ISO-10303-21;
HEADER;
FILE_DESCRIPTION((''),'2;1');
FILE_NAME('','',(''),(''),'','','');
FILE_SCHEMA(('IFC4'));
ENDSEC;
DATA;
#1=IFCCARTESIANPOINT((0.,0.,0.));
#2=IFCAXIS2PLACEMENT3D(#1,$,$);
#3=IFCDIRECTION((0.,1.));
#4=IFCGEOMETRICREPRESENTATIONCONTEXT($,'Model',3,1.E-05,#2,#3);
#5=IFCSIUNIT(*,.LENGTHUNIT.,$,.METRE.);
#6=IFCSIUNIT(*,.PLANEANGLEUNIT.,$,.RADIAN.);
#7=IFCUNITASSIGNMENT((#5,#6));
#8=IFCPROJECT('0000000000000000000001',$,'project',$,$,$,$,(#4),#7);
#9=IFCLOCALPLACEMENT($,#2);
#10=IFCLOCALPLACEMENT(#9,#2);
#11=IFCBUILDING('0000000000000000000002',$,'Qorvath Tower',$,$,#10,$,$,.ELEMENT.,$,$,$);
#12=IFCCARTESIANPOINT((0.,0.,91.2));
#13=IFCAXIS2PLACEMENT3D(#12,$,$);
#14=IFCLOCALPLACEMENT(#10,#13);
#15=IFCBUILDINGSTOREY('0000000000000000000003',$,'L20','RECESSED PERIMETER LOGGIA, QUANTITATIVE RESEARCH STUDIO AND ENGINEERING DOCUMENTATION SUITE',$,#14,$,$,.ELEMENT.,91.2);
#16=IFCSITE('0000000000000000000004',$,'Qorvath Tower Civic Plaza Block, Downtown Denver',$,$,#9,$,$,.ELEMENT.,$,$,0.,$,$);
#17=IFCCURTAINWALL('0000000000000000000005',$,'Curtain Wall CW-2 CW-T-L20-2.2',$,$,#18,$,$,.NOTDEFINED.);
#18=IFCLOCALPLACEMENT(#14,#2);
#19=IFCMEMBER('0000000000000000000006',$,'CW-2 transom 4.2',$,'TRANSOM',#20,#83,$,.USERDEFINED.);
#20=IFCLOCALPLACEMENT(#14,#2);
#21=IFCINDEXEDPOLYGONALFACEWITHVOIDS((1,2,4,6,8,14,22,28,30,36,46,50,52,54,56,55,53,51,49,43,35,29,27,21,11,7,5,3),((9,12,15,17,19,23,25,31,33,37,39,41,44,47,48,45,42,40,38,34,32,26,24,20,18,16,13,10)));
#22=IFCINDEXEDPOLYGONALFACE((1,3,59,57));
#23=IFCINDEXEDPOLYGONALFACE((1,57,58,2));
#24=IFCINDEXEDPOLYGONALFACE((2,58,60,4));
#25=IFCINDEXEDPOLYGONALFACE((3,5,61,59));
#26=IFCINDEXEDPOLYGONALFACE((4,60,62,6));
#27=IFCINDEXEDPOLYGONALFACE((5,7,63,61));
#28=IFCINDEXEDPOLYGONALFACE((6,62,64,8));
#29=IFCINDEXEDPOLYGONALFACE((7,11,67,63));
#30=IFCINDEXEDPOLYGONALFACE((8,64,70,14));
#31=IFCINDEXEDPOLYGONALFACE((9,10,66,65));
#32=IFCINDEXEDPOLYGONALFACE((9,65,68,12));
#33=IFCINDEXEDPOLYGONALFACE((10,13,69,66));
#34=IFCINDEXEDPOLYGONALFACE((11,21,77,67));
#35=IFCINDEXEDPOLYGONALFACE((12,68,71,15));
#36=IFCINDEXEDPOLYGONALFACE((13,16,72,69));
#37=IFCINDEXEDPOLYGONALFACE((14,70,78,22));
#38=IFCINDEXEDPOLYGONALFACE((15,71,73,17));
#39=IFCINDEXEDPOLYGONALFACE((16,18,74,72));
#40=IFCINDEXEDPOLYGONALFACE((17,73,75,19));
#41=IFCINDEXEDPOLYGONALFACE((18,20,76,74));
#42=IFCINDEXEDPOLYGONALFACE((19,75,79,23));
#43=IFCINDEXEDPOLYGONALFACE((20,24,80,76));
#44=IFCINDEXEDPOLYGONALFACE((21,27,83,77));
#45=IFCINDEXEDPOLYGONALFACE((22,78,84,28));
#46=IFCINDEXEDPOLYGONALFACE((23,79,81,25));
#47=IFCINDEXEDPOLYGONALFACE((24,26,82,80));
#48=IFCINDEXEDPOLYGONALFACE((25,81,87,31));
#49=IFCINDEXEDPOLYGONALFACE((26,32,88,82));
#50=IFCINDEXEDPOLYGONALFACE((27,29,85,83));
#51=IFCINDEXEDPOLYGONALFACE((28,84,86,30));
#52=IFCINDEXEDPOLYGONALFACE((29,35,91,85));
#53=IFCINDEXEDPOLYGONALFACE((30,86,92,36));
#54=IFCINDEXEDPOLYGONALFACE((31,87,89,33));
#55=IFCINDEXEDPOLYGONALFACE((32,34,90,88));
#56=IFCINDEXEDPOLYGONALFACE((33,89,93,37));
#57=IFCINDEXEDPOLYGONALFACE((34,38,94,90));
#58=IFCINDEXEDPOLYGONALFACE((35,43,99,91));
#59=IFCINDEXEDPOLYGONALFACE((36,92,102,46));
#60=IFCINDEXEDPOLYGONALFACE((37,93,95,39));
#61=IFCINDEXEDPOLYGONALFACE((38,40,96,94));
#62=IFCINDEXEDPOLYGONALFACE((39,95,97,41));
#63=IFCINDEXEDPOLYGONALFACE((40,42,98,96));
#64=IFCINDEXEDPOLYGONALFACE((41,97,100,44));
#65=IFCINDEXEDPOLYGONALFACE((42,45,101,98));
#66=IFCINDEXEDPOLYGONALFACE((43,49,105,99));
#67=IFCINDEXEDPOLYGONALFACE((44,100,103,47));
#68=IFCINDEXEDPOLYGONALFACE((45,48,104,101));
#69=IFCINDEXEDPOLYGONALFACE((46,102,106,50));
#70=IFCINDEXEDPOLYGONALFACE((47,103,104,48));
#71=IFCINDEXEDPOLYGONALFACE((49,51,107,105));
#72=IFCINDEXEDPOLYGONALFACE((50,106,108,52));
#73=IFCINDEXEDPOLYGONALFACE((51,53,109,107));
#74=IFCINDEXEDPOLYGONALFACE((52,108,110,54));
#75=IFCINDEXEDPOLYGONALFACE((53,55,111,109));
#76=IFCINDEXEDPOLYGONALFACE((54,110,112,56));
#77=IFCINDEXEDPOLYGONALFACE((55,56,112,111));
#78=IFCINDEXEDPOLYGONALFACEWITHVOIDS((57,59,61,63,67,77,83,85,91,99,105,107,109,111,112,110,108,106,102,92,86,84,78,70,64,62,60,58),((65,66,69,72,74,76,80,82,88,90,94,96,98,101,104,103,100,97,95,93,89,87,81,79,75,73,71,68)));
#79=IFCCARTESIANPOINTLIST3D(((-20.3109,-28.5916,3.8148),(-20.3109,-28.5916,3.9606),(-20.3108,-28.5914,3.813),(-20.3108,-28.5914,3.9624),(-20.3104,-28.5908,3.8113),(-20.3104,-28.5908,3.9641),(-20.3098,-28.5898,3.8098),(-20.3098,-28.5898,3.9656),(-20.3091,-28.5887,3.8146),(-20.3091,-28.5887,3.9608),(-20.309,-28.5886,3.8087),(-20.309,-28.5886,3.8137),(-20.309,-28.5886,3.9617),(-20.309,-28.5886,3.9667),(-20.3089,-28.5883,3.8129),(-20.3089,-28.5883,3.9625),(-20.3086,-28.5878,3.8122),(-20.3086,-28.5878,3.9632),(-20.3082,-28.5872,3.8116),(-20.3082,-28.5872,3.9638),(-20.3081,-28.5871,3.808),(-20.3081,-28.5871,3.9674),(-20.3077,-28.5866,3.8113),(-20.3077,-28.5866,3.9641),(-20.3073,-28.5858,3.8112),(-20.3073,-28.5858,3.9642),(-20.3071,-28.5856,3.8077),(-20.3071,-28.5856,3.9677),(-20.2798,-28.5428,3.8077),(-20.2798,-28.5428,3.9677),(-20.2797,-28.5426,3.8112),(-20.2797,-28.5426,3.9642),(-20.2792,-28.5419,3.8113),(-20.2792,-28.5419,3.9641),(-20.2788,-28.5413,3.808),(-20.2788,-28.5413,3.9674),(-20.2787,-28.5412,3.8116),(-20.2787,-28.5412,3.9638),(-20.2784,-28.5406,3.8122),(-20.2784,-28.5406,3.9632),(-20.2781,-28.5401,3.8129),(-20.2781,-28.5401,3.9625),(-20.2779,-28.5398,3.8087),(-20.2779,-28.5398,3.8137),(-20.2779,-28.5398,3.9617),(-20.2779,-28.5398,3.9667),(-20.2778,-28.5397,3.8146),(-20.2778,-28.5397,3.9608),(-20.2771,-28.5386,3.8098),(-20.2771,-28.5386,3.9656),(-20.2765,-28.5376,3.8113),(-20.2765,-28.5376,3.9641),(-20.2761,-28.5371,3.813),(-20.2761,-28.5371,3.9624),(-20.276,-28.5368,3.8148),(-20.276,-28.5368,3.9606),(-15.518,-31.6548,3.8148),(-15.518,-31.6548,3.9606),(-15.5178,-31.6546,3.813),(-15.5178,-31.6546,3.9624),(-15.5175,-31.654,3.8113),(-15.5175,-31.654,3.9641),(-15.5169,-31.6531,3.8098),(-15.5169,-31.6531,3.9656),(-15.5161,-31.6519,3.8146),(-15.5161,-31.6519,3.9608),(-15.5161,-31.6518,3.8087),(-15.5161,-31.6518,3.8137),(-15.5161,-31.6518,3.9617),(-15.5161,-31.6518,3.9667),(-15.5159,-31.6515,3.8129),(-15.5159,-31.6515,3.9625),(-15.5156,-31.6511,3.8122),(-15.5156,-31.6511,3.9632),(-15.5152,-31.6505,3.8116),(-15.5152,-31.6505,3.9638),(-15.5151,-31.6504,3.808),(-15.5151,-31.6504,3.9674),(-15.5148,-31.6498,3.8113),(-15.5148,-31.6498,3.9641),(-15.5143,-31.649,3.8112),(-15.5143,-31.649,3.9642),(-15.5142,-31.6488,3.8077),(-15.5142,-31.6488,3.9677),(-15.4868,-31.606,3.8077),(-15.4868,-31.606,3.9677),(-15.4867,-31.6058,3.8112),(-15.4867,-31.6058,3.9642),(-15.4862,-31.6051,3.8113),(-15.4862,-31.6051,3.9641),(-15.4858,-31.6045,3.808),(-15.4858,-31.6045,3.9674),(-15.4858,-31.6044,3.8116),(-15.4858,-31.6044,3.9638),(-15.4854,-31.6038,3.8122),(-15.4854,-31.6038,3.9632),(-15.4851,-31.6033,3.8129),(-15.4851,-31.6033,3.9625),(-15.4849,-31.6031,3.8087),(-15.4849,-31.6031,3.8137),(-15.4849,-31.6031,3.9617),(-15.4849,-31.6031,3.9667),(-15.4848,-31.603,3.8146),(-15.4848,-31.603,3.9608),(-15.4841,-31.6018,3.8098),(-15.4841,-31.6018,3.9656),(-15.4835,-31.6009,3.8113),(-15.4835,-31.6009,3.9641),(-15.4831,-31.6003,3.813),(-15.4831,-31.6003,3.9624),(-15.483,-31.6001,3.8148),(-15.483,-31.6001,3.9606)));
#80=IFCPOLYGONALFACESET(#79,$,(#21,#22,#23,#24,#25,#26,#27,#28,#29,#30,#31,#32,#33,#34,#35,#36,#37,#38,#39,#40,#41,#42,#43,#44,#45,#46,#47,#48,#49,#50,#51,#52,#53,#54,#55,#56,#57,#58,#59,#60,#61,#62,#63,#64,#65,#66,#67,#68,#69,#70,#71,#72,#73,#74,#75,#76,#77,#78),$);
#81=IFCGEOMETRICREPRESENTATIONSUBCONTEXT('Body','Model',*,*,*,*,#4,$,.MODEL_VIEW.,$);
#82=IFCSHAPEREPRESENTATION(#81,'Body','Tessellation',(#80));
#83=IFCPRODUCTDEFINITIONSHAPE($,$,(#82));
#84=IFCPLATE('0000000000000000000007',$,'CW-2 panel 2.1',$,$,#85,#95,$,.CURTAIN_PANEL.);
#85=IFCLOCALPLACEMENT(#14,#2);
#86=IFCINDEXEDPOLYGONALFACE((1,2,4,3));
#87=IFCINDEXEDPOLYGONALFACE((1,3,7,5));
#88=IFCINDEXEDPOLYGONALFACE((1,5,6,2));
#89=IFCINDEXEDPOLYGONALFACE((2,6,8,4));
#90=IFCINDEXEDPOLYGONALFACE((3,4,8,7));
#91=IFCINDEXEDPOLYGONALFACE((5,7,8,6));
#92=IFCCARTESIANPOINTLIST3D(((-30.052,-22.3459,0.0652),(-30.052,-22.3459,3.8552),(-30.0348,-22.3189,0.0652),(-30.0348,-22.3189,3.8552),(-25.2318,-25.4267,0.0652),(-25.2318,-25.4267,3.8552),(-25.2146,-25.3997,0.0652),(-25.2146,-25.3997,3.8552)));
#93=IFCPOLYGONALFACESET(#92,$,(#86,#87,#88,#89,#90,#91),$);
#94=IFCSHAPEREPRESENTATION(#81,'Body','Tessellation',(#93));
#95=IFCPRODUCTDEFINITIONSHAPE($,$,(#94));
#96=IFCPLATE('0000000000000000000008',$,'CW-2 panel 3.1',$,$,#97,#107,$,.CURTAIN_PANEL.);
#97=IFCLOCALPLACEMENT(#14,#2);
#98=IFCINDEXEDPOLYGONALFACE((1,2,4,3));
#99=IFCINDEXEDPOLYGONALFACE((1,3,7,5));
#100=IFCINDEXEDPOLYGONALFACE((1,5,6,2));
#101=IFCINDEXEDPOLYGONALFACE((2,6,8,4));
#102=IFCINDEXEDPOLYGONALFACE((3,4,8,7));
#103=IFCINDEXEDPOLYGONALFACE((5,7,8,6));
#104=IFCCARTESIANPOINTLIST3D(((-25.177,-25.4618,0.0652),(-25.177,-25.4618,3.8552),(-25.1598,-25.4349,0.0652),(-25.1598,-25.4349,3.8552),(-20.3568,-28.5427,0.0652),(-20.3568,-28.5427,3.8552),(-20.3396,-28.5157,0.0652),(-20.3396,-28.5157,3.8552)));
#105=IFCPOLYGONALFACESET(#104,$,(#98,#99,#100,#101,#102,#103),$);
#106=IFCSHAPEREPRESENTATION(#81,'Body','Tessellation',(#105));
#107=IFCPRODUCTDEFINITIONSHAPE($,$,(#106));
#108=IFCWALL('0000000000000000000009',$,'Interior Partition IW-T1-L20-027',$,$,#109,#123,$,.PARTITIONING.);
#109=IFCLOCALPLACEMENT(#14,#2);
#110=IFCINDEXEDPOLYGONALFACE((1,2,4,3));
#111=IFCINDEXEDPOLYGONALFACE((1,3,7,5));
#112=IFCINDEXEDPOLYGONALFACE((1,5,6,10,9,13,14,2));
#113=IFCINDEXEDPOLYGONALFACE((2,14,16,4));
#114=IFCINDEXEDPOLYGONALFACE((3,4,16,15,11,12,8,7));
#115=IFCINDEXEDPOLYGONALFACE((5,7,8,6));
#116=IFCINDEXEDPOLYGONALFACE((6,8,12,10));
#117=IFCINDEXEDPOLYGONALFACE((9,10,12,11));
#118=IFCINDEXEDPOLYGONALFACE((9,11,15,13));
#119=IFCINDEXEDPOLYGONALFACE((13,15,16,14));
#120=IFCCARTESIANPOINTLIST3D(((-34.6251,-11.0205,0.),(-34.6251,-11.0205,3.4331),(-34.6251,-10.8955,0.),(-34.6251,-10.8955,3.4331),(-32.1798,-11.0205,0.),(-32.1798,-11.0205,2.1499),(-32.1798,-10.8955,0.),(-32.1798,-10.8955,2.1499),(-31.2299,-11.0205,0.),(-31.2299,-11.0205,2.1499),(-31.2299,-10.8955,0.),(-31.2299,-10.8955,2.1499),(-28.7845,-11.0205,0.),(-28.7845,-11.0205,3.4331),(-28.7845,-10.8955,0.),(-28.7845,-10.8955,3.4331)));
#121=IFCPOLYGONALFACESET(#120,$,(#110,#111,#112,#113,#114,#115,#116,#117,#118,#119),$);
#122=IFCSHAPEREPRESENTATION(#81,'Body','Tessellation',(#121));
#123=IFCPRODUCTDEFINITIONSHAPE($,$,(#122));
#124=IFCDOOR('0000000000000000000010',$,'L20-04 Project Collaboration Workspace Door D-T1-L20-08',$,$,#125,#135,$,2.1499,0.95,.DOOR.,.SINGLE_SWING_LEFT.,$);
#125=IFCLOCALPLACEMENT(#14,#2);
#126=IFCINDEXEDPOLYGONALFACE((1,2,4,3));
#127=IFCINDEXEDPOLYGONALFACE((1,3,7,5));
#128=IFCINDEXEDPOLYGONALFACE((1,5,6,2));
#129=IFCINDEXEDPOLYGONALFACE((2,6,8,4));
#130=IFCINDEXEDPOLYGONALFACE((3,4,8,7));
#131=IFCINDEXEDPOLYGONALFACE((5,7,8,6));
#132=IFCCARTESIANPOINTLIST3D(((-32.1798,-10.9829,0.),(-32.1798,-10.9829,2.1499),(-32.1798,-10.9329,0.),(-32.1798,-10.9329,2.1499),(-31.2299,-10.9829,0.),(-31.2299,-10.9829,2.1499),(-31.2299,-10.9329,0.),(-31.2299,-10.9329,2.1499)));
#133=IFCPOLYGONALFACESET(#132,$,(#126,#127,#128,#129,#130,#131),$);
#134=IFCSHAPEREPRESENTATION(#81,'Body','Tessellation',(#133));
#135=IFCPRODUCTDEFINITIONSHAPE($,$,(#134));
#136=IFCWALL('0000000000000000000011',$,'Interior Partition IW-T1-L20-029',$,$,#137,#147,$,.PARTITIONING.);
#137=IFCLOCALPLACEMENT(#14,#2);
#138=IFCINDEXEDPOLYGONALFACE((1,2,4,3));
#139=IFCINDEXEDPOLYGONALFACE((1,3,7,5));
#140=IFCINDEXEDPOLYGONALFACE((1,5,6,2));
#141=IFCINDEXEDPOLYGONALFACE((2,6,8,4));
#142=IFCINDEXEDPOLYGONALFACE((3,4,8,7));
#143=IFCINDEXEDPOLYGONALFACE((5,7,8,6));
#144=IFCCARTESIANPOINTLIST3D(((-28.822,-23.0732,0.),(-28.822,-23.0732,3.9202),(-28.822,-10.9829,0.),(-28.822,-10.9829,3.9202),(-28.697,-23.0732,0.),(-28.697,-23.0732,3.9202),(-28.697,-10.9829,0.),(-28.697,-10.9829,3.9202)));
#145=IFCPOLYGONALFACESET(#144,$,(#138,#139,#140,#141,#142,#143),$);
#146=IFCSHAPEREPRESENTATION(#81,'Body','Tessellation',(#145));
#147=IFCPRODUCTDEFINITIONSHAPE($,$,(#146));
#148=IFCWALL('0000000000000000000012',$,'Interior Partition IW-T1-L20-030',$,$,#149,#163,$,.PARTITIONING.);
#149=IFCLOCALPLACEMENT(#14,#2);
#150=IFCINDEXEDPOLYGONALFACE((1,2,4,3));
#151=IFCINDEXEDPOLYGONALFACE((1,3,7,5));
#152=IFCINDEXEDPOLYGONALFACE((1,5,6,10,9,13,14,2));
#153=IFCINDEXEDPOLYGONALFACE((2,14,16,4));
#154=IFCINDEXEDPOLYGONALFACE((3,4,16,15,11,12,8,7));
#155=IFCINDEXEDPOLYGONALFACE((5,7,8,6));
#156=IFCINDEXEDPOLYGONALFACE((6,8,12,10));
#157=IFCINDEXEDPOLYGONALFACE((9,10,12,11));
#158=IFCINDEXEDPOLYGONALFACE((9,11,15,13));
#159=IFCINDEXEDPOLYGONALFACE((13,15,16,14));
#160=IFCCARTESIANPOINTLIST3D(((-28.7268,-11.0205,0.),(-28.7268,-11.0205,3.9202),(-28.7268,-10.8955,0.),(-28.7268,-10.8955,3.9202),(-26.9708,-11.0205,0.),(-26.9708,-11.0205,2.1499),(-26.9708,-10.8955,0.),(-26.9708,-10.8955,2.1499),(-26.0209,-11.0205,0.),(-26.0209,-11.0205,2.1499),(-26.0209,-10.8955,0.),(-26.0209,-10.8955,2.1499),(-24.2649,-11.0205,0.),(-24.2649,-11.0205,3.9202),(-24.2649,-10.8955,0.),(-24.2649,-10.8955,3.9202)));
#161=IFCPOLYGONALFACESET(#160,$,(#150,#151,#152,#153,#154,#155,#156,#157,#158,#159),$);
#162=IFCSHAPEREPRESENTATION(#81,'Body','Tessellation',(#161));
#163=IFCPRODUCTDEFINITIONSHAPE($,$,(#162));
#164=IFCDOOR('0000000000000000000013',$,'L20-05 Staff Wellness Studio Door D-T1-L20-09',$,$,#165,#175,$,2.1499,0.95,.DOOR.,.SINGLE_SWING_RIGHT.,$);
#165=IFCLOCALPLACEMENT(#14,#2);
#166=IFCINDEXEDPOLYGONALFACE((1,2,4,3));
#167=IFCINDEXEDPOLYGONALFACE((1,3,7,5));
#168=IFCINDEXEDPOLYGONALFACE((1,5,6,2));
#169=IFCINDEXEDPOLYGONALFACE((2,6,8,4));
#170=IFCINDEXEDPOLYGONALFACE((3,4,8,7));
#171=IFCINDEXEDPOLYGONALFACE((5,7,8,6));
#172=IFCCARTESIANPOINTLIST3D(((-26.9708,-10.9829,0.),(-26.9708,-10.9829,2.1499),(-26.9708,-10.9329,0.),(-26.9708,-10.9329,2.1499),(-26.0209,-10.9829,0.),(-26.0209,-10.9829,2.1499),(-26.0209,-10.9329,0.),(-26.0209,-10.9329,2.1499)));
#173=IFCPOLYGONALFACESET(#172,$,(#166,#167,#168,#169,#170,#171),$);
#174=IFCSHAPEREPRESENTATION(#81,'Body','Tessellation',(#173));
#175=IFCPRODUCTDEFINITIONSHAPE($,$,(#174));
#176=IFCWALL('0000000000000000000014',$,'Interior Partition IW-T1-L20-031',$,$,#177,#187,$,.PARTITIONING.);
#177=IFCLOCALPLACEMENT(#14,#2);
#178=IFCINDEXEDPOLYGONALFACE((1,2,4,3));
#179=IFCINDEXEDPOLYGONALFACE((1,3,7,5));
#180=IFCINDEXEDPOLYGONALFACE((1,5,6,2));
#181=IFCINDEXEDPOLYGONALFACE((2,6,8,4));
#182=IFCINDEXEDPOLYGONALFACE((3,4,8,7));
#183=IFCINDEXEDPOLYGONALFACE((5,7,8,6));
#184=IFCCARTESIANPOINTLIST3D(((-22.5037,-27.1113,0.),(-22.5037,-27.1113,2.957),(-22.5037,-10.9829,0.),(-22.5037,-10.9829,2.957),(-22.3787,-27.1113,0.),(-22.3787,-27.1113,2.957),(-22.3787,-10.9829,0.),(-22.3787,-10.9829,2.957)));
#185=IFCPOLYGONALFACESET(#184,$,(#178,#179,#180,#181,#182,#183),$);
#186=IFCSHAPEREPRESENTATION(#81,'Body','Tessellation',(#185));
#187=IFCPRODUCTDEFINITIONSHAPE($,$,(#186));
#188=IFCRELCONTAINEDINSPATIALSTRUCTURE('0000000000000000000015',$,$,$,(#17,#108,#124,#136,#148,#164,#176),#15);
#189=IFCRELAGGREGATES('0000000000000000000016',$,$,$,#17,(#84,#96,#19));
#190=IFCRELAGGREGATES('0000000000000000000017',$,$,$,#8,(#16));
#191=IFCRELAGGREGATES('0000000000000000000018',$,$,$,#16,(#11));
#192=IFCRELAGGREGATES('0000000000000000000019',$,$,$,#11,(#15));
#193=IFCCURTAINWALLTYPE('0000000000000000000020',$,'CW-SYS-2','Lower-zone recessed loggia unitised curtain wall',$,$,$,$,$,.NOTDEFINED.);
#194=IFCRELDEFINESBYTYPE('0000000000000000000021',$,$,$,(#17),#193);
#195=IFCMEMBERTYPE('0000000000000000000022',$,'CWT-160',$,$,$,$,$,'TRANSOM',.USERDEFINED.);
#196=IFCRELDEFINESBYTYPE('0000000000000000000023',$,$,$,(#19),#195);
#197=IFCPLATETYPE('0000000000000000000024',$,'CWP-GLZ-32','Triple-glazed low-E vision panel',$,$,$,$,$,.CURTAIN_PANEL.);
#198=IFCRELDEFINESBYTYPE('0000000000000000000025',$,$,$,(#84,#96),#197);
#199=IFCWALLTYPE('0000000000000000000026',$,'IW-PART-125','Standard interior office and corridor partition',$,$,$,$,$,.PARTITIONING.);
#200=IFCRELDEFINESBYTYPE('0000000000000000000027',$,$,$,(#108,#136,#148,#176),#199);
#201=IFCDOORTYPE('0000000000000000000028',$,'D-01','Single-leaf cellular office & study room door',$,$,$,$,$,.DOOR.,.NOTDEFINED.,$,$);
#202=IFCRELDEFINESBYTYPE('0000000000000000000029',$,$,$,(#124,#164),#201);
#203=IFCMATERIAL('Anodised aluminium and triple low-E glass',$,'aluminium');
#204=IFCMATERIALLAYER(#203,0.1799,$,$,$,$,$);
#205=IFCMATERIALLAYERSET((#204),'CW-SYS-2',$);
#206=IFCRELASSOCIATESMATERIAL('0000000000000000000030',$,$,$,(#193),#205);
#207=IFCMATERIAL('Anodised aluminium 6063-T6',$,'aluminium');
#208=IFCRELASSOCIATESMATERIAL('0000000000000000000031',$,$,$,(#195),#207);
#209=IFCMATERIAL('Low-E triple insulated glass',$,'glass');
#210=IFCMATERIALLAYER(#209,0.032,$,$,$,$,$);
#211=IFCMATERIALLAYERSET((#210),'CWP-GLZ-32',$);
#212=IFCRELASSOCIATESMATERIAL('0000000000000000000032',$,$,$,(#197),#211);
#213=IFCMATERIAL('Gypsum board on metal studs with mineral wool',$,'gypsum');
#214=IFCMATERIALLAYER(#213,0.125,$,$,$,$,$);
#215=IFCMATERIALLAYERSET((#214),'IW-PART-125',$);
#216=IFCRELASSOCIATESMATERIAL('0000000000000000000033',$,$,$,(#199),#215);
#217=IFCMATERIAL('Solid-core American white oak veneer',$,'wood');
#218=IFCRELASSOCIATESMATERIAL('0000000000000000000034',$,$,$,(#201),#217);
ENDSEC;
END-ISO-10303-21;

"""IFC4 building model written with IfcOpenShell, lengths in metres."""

from ifc_helpers import new_model, si_unit, direction, frame, frame_2d, origin, origin_2d, place, context, subcontext, project, spatial, rectangle, hollow_rectangle, extrude, material, layer, layer_set, material_profile, profile_set, type_object, element, fill, aggregate, save


model = new_model("IFC4")

# Units and contexts
model_context = context("Model", 3, precision=1e-05, world=origin(), true_north=direction((0.0, 1.0)))
body_context = subcontext(model_context, "Body", "Model", "MODEL_VIEW")
ifc_project = project(units=[si_unit("LENGTHUNIT", "METRE"), si_unit("PLANEANGLEUNIT", "RADIAN")], contexts=[model_context])

# Site, building, storey
site_placement = place(None, origin())
site = spatial("IfcSite", under=ifc_project, at=site_placement, Name="Qorvath Tower Civic Plaza Block, Downtown Denver", CompositionType="ELEMENT", RefElevation=0.0)
building_placement = place(site_placement, origin())
building = spatial("IfcBuilding", under=site, at=building_placement, Name="Qorvath Tower", CompositionType="ELEMENT")
storey_placement = place(building_placement, frame((0.0, 0.0, 91.2)))
storey = spatial("IfcBuildingStorey", under=building, at=storey_placement, Name="L20", Description="RECESSED PERIMETER LOGGIA, QUANTITATIVE RESEARCH STUDIO AND ENGINEERING DOCUMENTATION SUITE", CompositionType="ELEMENT", Elevation=91.2)

# Curtain wall, member, plates
ifc_material_1 = material(Name="Anodised aluminium and triple low-E glass", Category="aluminium")
ifc_layer_1 = layer(ifc_material_1, 0.1799)
ifc_layer_set_1 = layer_set([ifc_layer_1], Name="CW-SYS-2")
curtain_wall_type = type_object("IfcCurtainWallType", Name="CW-SYS-2", Description="Lower-zone recessed loggia unitised curtain wall", PredefinedType="NOTDEFINED", material=ifc_layer_set_1)
curtain_wall_placement = place(storey_placement, origin())
curtain_wall = element("IfcCurtainWall", 1, at=curtain_wall_placement, inside=storey, type_object=curtain_wall_type, Name="Curtain Wall CW-2 CW-T-L20-2.2", PredefinedType="NOTDEFINED")
ifc_material_2 = material(Name="Anodised aluminium 6063-T6", Category="aluminium")
ifc_material_profile_1 = material_profile(ifc_material_2, hollow_rectangle(XDim=0.0649, YDim=0.1599, WallThickness=0.0034, InnerFilletRadius=0.0034, OuterFilletRadius=0.0071, at=origin_2d()), Name="CWT 160x65")
ifc_profile_set_1 = profile_set([ifc_material_profile_1], Name="Anodised aluminium 6063-T6")
member_type_1 = type_object("IfcMemberType", Name="CWT-160", ElementType="TRANSOM", PredefinedType="USERDEFINED", material=ifc_profile_set_1)
member_1_placement = place(storey_placement, frame((-20.2935, -28.5642, 3.8877), z_axis=(0.842612, -0.538521, 0.0), x_axis=(0.538521, 0.842612, 0.0)))
member_1 = element("IfcMember", 2, at=member_1_placement, type_object=member_type_1, Name="CW-2 transom 4.2", ObjectType="TRANSOM", PredefinedType="USERDEFINED", context=body_context, shape_type="SweptSolid", body=[
    extrude(hollow_rectangle(XDim=0.0649, YDim=0.1599, WallThickness=0.0034, InnerFilletRadius=0.0034, OuterFilletRadius=0.0071, at=origin_2d()), origin(), (0.0, 0.0, 1.0), 5.6882),
])
ifc_material_3 = material(Name="Low-E triple insulated glass", Category="glass")
ifc_layer_2 = layer(ifc_material_3, 0.032)
ifc_layer_set_2 = layer_set([ifc_layer_2], Name="CWP-GLZ-32")
plate_type = type_object("IfcPlateType", Name="CWP-GLZ-32", Description="Triple-glazed low-E vision panel", PredefinedType="CURTAIN_PANEL", material=ifc_layer_set_2)
plate_1_placement = place(storey_placement, frame((-27.6333, -23.8728, 0.0652), z_axis=(0.0, 0.0, 1.0), x_axis=(0.842601, -0.538539, 0.0)))
plate_1 = element("IfcPlate", 3, at=plate_1_placement, type_object=plate_type, Name="CW-2 panel 2.1", PredefinedType="CURTAIN_PANEL", context=body_context, shape_type="SweptSolid", body=[
    extrude(rectangle(XDim=5.7207, YDim=0.032, at=origin_2d()), origin(), (0.0, 0.0, 1.0), 3.79),
])
plate_2_placement = place(storey_placement, frame((-22.7583, -26.9888, 0.0652), z_axis=(0.0, 0.0, 1.0), x_axis=(0.842601, -0.538539, 0.0)))
plate_2 = element("IfcPlate", 4, at=plate_2_placement, type_object=plate_type, Name="CW-2 panel 3.1", PredefinedType="CURTAIN_PANEL", context=body_context, shape_type="SweptSolid", body=[
    extrude(rectangle(XDim=5.7207, YDim=0.032, at=origin_2d()), origin(), (0.0, 0.0, 1.0), 3.79),
])
aggregate(curtain_wall, [plate_1, plate_2, member_1])

# Wall, opening, door
ifc_material_4 = material(Name="Gypsum board on metal studs with mineral wool", Category="gypsum")
ifc_layer_3 = layer(ifc_material_4, 0.125)
ifc_layer_set_3 = layer_set([ifc_layer_3], Name="IW-PART-125")
wall_type = type_object("IfcWallType", Name="IW-PART-125", Description="Standard interior office and corridor partition", PredefinedType="PARTITIONING", material=ifc_layer_set_3)
wall_1_placement = place(storey_placement, frame((-28.7844, -10.958, 0.0), z_axis=(0.0, 0.0, 1.0), x_axis=(-1.0, 0.0, 0.0)))
wall_1 = element("IfcWall", 5, at=wall_1_placement, inside=storey, type_object=wall_type, Name="Interior Partition IW-T1-L20-027", PredefinedType="PARTITIONING", context=body_context, shape_type="SweptSolid", body=[
    extrude(rectangle(XDim=5.8406, YDim=0.125, at=frame_2d((2.9204, 0.0))), origin(), (0.0, 0.0, 1.0), 3.4331),
])
opening_1_placement = place(wall_1_placement, frame((2.4453, 0.0, 0.0)))
opening_1 = element("IfcOpeningElement", 6, at=opening_1_placement, cuts=wall_1, PredefinedType="OPENING", context=body_context, shape_type="SweptSolid", body=[
    extrude(rectangle(XDim=0.95, YDim=2.1499, at=frame_2d((0.4751, 1.075))), frame((0.0, 0.0725, 0.0), z_axis=(0.0, -1.0, 0.0), x_axis=(1.0, 0.0, 0.0)), (0.0, 0.0, 1.0), 0.145),
])
ifc_material_5 = material(Name="Solid-core American white oak veneer", Category="wood")
door_type = type_object("IfcDoorType", Name="D-01", Description="Single-leaf cellular office & study room door", OperationType="NOTDEFINED", PredefinedType="DOOR", material=ifc_material_5)
door_1_placement = place(opening_1_placement, origin())
door_1 = element("IfcDoor", 7, at=door_1_placement, inside=storey, type_object=door_type, Name="L20-04 Project Collaboration Workspace Door D-T1-L20-08", OperationType="SINGLE_SWING_LEFT", OverallHeight=2.1499, OverallWidth=0.95, PredefinedType="DOOR", context=body_context, shape_type="SweptSolid", body=[
    extrude(rectangle(XDim=0.95, YDim=2.1499, at=frame_2d((0.4751, 1.075))), frame((0.0, 0.0249, 0.0), z_axis=(0.0, -1.0, 0.0), x_axis=(1.0, 0.0, 0.0)), (0.0, 0.0, 1.0), 0.05),
])
fill(opening_1, door_1)

# Wall
wall_2_placement = place(storey_placement, frame((-28.7595, -23.0732, 0.0), z_axis=(0.0, 0.0, 1.0), x_axis=(0.0, 1.0, 0.0)))
element("IfcWall", 8, at=wall_2_placement, inside=storey, type_object=wall_type, Name="Interior Partition IW-T1-L20-029", PredefinedType="PARTITIONING", context=body_context, shape_type="SweptSolid", body=[
    extrude(rectangle(XDim=12.0903, YDim=0.125, at=frame_2d((6.0452, 0.0))), origin(), (0.0, 0.0, 1.0), 3.9202),
])

# Wall, opening, door
wall_3_placement = place(storey_placement, frame((-24.2649, -10.958, 0.0), z_axis=(0.0, 0.0, 1.0), x_axis=(-1.0, 0.0, 0.0)))
wall_3 = element("IfcWall", 9, at=wall_3_placement, inside=storey, type_object=wall_type, Name="Interior Partition IW-T1-L20-030", PredefinedType="PARTITIONING", context=body_context, shape_type="SweptSolid", body=[
    extrude(rectangle(XDim=4.4619, YDim=0.125, at=frame_2d((2.231, 0.0))), origin(), (0.0, 0.0, 1.0), 3.9202),
])
opening_2_placement = place(wall_3_placement, frame((1.7559, 0.0, 0.0)))
opening_2 = element("IfcOpeningElement", 10, at=opening_2_placement, cuts=wall_3, PredefinedType="OPENING", context=body_context, shape_type="SweptSolid", body=[
    extrude(rectangle(XDim=0.95, YDim=2.1499, at=frame_2d((0.4751, 1.075))), frame((0.0, 0.0725, 0.0), z_axis=(0.0, -1.0, 0.0), x_axis=(1.0, 0.0, 0.0)), (0.0, 0.0, 1.0), 0.145),
])
door_2_placement = place(opening_2_placement, origin())
door_2 = element("IfcDoor", 11, at=door_2_placement, inside=storey, type_object=door_type, Name="L20-05 Staff Wellness Studio Door D-T1-L20-09", OperationType="SINGLE_SWING_RIGHT", OverallHeight=2.1499, OverallWidth=0.95, PredefinedType="DOOR", context=body_context, shape_type="SweptSolid", body=[
    extrude(rectangle(XDim=0.95, YDim=2.1499, at=frame_2d((0.4751, 1.075))), frame((0.0, 0.0249, 0.0), z_axis=(0.0, -1.0, 0.0), x_axis=(1.0, 0.0, 0.0)), (0.0, 0.0, 1.0), 0.05),
])
fill(opening_2, door_2)

# Wall
wall_4_placement = place(storey_placement, frame((-22.4412, -27.1113, 0.0), z_axis=(0.0, 0.0, 1.0), x_axis=(0.0, 1.0, 0.0)))
element("IfcWall", 12, at=wall_4_placement, inside=storey, type_object=wall_type, Name="Interior Partition IW-T1-L20-031", PredefinedType="PARTITIONING", context=body_context, shape_type="SweptSolid", body=[
    extrude(rectangle(XDim=16.1284, YDim=0.125, at=frame_2d((8.0642, 0.0))), origin(), (0.0, 0.0, 1.0), 2.957),
])

save(model, "model.ifc")
